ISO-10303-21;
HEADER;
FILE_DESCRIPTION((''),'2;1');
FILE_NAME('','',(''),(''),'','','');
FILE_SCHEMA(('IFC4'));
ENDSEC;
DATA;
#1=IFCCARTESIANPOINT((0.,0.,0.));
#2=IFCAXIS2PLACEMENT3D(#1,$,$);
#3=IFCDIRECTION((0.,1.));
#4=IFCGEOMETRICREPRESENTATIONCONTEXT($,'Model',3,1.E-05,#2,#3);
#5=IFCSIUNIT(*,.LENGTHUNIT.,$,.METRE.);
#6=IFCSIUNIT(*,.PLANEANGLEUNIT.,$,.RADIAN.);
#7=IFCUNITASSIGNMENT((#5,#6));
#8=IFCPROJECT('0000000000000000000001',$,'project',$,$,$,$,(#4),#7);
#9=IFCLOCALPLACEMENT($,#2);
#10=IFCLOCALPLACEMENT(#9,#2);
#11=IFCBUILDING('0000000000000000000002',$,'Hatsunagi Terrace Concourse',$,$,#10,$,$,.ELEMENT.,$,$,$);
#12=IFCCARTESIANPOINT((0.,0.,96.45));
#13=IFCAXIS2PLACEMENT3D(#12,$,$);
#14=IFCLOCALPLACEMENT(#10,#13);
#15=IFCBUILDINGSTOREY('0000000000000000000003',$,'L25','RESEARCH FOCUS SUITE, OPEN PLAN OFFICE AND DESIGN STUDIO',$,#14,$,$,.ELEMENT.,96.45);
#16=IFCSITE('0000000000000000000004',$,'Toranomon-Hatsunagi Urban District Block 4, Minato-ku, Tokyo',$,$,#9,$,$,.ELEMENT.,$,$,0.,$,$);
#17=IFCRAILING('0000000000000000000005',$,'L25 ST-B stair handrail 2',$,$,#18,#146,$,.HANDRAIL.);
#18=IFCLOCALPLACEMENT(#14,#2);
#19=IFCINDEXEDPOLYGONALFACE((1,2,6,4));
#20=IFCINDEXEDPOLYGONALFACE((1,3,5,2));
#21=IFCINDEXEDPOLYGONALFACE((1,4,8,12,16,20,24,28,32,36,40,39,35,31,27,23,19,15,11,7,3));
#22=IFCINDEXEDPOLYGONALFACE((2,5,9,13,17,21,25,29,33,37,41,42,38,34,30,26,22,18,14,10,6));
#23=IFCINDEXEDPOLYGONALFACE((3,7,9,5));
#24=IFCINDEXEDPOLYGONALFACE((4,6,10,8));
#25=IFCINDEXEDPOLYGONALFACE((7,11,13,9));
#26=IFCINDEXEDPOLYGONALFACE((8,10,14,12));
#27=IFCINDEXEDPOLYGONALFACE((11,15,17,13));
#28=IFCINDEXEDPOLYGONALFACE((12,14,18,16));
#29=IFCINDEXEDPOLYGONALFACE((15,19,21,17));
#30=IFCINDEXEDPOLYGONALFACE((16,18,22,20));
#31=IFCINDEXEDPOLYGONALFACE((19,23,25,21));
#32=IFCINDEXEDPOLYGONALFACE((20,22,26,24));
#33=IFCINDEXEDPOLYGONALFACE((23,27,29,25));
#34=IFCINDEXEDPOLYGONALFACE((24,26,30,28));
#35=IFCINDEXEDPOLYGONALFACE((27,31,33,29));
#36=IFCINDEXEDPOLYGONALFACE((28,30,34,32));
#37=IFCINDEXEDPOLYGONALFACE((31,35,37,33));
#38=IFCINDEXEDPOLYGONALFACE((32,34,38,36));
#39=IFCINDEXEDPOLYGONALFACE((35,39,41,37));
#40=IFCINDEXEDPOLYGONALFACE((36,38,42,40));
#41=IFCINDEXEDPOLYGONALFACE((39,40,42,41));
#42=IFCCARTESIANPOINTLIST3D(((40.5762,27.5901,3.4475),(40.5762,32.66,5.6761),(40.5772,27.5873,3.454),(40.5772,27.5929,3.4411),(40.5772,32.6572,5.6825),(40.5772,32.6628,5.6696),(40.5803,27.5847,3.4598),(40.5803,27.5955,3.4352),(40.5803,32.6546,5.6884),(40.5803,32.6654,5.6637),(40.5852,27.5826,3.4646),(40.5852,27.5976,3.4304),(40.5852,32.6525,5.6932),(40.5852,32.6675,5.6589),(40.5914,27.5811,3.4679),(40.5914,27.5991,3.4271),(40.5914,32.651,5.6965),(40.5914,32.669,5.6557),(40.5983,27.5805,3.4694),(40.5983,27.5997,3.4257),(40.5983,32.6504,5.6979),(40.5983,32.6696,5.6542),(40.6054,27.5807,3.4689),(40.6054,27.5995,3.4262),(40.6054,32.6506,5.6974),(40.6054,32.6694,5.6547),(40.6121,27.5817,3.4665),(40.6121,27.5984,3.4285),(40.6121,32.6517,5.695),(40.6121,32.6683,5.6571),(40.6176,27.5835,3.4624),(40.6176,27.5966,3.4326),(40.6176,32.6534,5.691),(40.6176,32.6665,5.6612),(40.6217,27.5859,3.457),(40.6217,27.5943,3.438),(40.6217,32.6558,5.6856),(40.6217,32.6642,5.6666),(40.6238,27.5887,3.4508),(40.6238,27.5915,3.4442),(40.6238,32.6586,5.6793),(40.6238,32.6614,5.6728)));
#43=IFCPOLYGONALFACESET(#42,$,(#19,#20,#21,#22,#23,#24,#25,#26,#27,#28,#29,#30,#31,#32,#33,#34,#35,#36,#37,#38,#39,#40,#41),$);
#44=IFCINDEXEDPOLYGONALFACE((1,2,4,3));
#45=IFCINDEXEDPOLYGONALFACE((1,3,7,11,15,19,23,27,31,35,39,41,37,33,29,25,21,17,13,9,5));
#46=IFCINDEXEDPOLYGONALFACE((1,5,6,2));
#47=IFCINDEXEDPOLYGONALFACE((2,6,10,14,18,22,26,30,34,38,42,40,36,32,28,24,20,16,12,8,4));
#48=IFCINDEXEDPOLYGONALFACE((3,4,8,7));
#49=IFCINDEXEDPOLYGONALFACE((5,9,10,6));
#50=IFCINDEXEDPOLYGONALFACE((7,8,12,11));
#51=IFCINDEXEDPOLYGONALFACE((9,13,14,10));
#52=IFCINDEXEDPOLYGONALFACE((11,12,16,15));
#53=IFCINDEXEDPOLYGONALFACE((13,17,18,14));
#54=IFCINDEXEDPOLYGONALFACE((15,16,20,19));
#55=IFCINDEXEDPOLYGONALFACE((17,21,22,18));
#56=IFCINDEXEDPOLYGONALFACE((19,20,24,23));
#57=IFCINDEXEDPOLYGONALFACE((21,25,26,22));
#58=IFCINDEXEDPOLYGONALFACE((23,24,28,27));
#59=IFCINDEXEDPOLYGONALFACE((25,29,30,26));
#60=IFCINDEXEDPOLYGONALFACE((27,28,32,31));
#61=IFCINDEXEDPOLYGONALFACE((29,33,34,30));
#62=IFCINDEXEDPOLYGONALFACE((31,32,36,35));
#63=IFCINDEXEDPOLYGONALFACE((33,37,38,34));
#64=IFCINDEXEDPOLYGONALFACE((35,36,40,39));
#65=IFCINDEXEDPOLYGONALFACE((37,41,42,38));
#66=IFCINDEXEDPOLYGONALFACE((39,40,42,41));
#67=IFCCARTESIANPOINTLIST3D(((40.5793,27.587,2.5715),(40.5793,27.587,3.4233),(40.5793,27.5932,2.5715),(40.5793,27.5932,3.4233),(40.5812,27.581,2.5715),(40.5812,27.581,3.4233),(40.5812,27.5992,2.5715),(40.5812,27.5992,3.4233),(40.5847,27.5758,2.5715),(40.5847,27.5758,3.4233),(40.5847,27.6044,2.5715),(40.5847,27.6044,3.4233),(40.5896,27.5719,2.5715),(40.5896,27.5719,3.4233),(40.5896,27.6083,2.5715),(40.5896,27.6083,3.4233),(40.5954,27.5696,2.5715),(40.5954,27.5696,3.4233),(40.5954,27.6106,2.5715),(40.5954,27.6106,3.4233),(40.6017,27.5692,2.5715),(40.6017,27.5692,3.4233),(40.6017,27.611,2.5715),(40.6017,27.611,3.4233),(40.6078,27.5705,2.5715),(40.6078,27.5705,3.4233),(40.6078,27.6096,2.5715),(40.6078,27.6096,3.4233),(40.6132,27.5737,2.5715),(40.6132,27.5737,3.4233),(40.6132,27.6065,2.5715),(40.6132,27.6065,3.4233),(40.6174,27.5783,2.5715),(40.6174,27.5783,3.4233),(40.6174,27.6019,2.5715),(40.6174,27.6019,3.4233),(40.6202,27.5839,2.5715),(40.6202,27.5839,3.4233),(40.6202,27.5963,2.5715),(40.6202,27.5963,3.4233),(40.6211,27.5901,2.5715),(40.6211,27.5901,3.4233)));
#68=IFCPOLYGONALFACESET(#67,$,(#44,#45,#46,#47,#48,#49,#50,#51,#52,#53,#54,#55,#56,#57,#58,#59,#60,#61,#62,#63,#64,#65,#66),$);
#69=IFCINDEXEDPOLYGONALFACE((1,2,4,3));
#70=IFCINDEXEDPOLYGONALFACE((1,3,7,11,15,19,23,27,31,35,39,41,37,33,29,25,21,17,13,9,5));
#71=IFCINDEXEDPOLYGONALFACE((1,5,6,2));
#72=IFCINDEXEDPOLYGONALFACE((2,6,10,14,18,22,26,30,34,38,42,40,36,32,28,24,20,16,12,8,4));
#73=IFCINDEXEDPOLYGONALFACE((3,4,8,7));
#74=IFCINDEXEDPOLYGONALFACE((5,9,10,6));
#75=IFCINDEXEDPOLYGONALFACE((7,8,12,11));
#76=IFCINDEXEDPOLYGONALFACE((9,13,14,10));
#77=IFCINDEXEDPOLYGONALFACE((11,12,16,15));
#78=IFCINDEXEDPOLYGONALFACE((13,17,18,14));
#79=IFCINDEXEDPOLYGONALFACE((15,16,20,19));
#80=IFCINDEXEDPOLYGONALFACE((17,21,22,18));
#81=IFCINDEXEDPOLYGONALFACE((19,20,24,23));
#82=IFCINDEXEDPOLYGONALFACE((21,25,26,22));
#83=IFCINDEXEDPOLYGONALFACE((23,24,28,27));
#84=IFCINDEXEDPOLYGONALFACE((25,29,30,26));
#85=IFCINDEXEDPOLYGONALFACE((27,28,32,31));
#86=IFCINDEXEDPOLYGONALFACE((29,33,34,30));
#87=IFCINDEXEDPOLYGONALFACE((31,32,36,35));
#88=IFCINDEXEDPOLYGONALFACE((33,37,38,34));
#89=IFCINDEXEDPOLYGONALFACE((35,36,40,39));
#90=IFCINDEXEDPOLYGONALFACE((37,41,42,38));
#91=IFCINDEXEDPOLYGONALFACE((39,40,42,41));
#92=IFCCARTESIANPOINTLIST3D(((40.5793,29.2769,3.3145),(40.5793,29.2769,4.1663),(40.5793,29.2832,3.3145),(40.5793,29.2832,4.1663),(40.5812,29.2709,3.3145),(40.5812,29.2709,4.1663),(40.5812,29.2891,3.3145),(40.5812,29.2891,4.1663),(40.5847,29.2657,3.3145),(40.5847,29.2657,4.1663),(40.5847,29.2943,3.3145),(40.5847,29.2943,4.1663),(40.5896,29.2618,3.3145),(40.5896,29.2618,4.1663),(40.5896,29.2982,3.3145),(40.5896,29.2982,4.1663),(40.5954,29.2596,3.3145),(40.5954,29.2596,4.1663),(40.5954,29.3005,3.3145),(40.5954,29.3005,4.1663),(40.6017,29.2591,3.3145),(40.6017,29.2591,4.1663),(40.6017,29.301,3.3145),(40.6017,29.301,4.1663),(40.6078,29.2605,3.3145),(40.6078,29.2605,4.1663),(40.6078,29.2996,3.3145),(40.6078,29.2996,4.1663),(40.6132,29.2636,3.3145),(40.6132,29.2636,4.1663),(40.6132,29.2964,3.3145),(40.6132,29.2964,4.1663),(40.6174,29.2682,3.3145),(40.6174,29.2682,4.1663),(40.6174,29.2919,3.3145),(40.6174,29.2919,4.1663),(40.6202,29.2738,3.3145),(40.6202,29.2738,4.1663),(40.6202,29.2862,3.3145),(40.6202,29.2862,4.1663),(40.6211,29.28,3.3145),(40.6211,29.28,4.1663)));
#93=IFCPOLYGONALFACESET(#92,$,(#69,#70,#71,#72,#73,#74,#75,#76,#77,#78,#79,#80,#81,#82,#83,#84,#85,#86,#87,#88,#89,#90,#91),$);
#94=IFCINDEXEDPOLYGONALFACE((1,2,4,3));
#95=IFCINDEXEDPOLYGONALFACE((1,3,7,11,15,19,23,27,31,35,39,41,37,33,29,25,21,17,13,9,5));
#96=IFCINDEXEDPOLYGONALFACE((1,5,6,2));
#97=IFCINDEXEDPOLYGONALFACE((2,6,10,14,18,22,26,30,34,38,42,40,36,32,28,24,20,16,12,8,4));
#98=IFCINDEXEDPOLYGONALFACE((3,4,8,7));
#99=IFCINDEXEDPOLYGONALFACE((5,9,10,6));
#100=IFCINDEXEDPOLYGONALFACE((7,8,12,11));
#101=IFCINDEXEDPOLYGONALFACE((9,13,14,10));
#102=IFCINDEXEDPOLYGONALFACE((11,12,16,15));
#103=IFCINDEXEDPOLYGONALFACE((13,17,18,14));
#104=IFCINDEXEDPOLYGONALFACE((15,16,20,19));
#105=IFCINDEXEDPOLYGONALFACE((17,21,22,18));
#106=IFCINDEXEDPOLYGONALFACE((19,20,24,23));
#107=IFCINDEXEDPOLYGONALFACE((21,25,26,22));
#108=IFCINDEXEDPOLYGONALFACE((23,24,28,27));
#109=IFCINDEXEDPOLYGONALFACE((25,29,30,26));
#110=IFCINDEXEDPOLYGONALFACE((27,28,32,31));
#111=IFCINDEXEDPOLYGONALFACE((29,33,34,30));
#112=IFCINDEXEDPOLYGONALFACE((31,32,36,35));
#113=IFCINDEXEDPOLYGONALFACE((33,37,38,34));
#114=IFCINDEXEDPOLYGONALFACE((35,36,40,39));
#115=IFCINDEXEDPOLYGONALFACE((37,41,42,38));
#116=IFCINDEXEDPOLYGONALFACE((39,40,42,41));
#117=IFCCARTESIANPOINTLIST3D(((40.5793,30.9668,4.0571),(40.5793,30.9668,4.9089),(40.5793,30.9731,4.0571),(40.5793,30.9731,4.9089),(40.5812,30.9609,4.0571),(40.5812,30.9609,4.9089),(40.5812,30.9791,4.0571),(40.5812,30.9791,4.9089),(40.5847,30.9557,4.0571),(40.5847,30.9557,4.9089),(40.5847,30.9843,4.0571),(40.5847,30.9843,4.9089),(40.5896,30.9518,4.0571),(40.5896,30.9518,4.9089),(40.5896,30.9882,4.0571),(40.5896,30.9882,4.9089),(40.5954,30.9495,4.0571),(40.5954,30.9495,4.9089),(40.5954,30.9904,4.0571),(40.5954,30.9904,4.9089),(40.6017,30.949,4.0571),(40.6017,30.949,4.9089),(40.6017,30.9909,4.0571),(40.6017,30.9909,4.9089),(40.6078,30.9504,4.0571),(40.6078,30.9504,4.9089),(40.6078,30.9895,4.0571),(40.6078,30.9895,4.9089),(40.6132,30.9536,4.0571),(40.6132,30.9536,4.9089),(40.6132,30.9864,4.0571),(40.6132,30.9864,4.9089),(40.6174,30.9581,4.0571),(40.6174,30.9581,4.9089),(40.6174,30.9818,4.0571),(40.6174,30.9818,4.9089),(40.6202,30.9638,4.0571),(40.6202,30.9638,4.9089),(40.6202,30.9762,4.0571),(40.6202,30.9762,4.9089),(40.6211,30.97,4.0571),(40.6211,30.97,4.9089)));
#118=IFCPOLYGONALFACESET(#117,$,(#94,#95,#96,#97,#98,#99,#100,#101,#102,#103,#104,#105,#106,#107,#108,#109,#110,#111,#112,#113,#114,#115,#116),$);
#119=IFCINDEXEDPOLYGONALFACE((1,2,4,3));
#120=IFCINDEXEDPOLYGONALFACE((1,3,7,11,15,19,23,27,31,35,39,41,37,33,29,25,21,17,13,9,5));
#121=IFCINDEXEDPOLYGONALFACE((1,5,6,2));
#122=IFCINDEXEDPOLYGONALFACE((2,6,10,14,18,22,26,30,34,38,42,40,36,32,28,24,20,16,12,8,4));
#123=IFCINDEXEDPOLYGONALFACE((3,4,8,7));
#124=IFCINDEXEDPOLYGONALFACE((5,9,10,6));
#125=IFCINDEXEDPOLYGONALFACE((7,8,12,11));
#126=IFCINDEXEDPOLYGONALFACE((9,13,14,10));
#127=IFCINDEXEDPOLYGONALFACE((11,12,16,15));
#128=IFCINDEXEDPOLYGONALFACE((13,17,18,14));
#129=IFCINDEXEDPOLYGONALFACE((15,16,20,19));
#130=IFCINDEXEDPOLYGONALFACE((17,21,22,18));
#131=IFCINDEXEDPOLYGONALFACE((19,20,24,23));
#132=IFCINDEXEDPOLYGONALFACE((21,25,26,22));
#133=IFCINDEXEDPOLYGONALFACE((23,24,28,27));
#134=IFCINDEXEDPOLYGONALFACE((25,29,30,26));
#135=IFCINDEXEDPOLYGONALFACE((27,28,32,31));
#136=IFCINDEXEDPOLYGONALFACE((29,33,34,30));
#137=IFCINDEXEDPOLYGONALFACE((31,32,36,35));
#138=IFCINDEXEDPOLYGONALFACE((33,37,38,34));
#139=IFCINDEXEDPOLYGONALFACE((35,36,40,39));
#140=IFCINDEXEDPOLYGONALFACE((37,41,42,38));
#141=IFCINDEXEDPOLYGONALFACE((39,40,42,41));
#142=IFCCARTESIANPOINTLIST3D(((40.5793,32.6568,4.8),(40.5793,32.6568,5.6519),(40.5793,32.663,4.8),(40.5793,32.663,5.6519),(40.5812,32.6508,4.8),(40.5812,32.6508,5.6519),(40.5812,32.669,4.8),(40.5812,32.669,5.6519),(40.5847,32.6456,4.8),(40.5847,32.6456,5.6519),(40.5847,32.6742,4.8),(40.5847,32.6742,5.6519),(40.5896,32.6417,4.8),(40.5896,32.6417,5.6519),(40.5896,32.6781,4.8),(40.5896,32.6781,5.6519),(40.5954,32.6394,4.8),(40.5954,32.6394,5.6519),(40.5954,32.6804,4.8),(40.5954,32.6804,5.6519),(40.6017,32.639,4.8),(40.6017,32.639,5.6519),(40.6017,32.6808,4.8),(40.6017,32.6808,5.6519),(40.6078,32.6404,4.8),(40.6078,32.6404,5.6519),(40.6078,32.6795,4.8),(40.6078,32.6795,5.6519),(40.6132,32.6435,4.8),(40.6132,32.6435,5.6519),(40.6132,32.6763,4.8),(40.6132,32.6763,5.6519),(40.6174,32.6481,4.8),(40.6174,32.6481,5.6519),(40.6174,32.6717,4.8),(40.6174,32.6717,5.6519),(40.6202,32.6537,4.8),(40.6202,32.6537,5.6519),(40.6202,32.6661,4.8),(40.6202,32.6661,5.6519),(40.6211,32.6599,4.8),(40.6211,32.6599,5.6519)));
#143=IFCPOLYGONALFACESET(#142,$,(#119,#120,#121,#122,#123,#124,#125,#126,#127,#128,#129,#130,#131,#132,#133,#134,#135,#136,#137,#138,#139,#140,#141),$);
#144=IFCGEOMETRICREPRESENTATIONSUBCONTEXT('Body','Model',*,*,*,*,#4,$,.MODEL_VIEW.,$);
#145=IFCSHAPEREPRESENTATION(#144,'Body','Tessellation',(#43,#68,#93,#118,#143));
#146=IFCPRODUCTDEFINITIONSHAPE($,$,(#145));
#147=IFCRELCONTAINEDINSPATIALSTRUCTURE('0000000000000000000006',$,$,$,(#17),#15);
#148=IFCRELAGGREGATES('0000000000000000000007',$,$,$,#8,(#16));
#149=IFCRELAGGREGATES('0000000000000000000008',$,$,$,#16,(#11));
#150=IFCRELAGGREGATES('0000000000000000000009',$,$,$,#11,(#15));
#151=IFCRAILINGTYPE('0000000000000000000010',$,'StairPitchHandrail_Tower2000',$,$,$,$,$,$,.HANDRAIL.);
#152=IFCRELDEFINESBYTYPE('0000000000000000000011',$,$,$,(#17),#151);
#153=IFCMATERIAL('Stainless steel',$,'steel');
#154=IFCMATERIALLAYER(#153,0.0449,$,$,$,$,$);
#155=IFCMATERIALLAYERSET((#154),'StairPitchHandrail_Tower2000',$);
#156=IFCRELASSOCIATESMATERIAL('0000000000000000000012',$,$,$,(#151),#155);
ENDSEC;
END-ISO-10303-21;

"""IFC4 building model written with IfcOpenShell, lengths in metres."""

from ifc_helpers import new_model, si_unit, direction, frame, origin, origin_2d, place, context, subcontext, project, spatial, circle, extrude, material, layer, layer_set, type_object, element, save


model = new_model("IFC4")

# Units and contexts
model_context = context("Model", 3, precision=1e-05, world=origin(), true_north=direction((0.0, 1.0)))
body_context = subcontext(model_context, "Body", "Model", "MODEL_VIEW")
ifc_project = project(units=[si_unit("LENGTHUNIT", "METRE"), si_unit("PLANEANGLEUNIT", "RADIAN")], contexts=[model_context])

# Site, building, storey
site_placement = place(None, origin())
site = spatial("IfcSite", under=ifc_project, at=site_placement, Name="Toranomon-Hatsunagi Urban District Block 4, Minato-ku, Tokyo", CompositionType="ELEMENT", RefElevation=0.0)
building_placement = place(site_placement, origin())
building = spatial("IfcBuilding", under=site, at=building_placement, Name="Hatsunagi Terrace Concourse", CompositionType="ELEMENT")
storey_placement = place(building_placement, frame((0.0, 0.0, 96.45)))
storey = spatial("IfcBuildingStorey", under=building, at=storey_placement, Name="L25", Description="RESEARCH FOCUS SUITE, OPEN PLAN OFFICE AND DESIGN STUDIO", CompositionType="ELEMENT", Elevation=96.45)

# Railing
ifc_material_1 = material(Name="Stainless steel", Category="steel")
ifc_layer_1 = layer(ifc_material_1, 0.0449)
ifc_layer_set_1 = layer_set([ifc_layer_1], Name="StairPitchHandrail_Tower2000")
railing_type = type_object("IfcRailingType", Name="StairPitchHandrail_Tower2000", PredefinedType="HANDRAIL", material=ifc_layer_set_1)
railing_placement = place(storey_placement, frame((40.6001, 27.5901, 2.5715)))
element("IfcRailing", 1, at=railing_placement, inside=storey, type_object=railing_type, Name="L25 ST-B stair handrail 2", PredefinedType="HANDRAIL", context=body_context, shape_type="SweptSolid", body=[
    extrude(circle(Radius=0.0239, at=origin_2d()), frame((0.0, 0.0, 0.876), z_axis=(0.0, 0.915462, 0.402405), x_axis=(-1.0, 0.0, 0.0)), (0.0, 0.0, 1.0), 5.5381),
    extrude(circle(Radius=0.021, at=origin_2d()), origin(), (0.0, 0.0, 1.0), 0.8518),
    extrude(circle(Radius=0.021, at=origin_2d()), frame((0.0, 1.6899, 0.7429)), (0.0, 0.0, 1.0), 0.8518),
    extrude(circle(Radius=0.021, at=origin_2d()), frame((0.0, 3.3799, 1.4856)), (0.0, 0.0, 1.0), 0.8518),
    extrude(circle(Radius=0.021, at=origin_2d()), frame((0.0, 5.0698, 2.2285)), (0.0, 0.0, 1.0), 0.8518),
])

save(model, "model.ifc")
